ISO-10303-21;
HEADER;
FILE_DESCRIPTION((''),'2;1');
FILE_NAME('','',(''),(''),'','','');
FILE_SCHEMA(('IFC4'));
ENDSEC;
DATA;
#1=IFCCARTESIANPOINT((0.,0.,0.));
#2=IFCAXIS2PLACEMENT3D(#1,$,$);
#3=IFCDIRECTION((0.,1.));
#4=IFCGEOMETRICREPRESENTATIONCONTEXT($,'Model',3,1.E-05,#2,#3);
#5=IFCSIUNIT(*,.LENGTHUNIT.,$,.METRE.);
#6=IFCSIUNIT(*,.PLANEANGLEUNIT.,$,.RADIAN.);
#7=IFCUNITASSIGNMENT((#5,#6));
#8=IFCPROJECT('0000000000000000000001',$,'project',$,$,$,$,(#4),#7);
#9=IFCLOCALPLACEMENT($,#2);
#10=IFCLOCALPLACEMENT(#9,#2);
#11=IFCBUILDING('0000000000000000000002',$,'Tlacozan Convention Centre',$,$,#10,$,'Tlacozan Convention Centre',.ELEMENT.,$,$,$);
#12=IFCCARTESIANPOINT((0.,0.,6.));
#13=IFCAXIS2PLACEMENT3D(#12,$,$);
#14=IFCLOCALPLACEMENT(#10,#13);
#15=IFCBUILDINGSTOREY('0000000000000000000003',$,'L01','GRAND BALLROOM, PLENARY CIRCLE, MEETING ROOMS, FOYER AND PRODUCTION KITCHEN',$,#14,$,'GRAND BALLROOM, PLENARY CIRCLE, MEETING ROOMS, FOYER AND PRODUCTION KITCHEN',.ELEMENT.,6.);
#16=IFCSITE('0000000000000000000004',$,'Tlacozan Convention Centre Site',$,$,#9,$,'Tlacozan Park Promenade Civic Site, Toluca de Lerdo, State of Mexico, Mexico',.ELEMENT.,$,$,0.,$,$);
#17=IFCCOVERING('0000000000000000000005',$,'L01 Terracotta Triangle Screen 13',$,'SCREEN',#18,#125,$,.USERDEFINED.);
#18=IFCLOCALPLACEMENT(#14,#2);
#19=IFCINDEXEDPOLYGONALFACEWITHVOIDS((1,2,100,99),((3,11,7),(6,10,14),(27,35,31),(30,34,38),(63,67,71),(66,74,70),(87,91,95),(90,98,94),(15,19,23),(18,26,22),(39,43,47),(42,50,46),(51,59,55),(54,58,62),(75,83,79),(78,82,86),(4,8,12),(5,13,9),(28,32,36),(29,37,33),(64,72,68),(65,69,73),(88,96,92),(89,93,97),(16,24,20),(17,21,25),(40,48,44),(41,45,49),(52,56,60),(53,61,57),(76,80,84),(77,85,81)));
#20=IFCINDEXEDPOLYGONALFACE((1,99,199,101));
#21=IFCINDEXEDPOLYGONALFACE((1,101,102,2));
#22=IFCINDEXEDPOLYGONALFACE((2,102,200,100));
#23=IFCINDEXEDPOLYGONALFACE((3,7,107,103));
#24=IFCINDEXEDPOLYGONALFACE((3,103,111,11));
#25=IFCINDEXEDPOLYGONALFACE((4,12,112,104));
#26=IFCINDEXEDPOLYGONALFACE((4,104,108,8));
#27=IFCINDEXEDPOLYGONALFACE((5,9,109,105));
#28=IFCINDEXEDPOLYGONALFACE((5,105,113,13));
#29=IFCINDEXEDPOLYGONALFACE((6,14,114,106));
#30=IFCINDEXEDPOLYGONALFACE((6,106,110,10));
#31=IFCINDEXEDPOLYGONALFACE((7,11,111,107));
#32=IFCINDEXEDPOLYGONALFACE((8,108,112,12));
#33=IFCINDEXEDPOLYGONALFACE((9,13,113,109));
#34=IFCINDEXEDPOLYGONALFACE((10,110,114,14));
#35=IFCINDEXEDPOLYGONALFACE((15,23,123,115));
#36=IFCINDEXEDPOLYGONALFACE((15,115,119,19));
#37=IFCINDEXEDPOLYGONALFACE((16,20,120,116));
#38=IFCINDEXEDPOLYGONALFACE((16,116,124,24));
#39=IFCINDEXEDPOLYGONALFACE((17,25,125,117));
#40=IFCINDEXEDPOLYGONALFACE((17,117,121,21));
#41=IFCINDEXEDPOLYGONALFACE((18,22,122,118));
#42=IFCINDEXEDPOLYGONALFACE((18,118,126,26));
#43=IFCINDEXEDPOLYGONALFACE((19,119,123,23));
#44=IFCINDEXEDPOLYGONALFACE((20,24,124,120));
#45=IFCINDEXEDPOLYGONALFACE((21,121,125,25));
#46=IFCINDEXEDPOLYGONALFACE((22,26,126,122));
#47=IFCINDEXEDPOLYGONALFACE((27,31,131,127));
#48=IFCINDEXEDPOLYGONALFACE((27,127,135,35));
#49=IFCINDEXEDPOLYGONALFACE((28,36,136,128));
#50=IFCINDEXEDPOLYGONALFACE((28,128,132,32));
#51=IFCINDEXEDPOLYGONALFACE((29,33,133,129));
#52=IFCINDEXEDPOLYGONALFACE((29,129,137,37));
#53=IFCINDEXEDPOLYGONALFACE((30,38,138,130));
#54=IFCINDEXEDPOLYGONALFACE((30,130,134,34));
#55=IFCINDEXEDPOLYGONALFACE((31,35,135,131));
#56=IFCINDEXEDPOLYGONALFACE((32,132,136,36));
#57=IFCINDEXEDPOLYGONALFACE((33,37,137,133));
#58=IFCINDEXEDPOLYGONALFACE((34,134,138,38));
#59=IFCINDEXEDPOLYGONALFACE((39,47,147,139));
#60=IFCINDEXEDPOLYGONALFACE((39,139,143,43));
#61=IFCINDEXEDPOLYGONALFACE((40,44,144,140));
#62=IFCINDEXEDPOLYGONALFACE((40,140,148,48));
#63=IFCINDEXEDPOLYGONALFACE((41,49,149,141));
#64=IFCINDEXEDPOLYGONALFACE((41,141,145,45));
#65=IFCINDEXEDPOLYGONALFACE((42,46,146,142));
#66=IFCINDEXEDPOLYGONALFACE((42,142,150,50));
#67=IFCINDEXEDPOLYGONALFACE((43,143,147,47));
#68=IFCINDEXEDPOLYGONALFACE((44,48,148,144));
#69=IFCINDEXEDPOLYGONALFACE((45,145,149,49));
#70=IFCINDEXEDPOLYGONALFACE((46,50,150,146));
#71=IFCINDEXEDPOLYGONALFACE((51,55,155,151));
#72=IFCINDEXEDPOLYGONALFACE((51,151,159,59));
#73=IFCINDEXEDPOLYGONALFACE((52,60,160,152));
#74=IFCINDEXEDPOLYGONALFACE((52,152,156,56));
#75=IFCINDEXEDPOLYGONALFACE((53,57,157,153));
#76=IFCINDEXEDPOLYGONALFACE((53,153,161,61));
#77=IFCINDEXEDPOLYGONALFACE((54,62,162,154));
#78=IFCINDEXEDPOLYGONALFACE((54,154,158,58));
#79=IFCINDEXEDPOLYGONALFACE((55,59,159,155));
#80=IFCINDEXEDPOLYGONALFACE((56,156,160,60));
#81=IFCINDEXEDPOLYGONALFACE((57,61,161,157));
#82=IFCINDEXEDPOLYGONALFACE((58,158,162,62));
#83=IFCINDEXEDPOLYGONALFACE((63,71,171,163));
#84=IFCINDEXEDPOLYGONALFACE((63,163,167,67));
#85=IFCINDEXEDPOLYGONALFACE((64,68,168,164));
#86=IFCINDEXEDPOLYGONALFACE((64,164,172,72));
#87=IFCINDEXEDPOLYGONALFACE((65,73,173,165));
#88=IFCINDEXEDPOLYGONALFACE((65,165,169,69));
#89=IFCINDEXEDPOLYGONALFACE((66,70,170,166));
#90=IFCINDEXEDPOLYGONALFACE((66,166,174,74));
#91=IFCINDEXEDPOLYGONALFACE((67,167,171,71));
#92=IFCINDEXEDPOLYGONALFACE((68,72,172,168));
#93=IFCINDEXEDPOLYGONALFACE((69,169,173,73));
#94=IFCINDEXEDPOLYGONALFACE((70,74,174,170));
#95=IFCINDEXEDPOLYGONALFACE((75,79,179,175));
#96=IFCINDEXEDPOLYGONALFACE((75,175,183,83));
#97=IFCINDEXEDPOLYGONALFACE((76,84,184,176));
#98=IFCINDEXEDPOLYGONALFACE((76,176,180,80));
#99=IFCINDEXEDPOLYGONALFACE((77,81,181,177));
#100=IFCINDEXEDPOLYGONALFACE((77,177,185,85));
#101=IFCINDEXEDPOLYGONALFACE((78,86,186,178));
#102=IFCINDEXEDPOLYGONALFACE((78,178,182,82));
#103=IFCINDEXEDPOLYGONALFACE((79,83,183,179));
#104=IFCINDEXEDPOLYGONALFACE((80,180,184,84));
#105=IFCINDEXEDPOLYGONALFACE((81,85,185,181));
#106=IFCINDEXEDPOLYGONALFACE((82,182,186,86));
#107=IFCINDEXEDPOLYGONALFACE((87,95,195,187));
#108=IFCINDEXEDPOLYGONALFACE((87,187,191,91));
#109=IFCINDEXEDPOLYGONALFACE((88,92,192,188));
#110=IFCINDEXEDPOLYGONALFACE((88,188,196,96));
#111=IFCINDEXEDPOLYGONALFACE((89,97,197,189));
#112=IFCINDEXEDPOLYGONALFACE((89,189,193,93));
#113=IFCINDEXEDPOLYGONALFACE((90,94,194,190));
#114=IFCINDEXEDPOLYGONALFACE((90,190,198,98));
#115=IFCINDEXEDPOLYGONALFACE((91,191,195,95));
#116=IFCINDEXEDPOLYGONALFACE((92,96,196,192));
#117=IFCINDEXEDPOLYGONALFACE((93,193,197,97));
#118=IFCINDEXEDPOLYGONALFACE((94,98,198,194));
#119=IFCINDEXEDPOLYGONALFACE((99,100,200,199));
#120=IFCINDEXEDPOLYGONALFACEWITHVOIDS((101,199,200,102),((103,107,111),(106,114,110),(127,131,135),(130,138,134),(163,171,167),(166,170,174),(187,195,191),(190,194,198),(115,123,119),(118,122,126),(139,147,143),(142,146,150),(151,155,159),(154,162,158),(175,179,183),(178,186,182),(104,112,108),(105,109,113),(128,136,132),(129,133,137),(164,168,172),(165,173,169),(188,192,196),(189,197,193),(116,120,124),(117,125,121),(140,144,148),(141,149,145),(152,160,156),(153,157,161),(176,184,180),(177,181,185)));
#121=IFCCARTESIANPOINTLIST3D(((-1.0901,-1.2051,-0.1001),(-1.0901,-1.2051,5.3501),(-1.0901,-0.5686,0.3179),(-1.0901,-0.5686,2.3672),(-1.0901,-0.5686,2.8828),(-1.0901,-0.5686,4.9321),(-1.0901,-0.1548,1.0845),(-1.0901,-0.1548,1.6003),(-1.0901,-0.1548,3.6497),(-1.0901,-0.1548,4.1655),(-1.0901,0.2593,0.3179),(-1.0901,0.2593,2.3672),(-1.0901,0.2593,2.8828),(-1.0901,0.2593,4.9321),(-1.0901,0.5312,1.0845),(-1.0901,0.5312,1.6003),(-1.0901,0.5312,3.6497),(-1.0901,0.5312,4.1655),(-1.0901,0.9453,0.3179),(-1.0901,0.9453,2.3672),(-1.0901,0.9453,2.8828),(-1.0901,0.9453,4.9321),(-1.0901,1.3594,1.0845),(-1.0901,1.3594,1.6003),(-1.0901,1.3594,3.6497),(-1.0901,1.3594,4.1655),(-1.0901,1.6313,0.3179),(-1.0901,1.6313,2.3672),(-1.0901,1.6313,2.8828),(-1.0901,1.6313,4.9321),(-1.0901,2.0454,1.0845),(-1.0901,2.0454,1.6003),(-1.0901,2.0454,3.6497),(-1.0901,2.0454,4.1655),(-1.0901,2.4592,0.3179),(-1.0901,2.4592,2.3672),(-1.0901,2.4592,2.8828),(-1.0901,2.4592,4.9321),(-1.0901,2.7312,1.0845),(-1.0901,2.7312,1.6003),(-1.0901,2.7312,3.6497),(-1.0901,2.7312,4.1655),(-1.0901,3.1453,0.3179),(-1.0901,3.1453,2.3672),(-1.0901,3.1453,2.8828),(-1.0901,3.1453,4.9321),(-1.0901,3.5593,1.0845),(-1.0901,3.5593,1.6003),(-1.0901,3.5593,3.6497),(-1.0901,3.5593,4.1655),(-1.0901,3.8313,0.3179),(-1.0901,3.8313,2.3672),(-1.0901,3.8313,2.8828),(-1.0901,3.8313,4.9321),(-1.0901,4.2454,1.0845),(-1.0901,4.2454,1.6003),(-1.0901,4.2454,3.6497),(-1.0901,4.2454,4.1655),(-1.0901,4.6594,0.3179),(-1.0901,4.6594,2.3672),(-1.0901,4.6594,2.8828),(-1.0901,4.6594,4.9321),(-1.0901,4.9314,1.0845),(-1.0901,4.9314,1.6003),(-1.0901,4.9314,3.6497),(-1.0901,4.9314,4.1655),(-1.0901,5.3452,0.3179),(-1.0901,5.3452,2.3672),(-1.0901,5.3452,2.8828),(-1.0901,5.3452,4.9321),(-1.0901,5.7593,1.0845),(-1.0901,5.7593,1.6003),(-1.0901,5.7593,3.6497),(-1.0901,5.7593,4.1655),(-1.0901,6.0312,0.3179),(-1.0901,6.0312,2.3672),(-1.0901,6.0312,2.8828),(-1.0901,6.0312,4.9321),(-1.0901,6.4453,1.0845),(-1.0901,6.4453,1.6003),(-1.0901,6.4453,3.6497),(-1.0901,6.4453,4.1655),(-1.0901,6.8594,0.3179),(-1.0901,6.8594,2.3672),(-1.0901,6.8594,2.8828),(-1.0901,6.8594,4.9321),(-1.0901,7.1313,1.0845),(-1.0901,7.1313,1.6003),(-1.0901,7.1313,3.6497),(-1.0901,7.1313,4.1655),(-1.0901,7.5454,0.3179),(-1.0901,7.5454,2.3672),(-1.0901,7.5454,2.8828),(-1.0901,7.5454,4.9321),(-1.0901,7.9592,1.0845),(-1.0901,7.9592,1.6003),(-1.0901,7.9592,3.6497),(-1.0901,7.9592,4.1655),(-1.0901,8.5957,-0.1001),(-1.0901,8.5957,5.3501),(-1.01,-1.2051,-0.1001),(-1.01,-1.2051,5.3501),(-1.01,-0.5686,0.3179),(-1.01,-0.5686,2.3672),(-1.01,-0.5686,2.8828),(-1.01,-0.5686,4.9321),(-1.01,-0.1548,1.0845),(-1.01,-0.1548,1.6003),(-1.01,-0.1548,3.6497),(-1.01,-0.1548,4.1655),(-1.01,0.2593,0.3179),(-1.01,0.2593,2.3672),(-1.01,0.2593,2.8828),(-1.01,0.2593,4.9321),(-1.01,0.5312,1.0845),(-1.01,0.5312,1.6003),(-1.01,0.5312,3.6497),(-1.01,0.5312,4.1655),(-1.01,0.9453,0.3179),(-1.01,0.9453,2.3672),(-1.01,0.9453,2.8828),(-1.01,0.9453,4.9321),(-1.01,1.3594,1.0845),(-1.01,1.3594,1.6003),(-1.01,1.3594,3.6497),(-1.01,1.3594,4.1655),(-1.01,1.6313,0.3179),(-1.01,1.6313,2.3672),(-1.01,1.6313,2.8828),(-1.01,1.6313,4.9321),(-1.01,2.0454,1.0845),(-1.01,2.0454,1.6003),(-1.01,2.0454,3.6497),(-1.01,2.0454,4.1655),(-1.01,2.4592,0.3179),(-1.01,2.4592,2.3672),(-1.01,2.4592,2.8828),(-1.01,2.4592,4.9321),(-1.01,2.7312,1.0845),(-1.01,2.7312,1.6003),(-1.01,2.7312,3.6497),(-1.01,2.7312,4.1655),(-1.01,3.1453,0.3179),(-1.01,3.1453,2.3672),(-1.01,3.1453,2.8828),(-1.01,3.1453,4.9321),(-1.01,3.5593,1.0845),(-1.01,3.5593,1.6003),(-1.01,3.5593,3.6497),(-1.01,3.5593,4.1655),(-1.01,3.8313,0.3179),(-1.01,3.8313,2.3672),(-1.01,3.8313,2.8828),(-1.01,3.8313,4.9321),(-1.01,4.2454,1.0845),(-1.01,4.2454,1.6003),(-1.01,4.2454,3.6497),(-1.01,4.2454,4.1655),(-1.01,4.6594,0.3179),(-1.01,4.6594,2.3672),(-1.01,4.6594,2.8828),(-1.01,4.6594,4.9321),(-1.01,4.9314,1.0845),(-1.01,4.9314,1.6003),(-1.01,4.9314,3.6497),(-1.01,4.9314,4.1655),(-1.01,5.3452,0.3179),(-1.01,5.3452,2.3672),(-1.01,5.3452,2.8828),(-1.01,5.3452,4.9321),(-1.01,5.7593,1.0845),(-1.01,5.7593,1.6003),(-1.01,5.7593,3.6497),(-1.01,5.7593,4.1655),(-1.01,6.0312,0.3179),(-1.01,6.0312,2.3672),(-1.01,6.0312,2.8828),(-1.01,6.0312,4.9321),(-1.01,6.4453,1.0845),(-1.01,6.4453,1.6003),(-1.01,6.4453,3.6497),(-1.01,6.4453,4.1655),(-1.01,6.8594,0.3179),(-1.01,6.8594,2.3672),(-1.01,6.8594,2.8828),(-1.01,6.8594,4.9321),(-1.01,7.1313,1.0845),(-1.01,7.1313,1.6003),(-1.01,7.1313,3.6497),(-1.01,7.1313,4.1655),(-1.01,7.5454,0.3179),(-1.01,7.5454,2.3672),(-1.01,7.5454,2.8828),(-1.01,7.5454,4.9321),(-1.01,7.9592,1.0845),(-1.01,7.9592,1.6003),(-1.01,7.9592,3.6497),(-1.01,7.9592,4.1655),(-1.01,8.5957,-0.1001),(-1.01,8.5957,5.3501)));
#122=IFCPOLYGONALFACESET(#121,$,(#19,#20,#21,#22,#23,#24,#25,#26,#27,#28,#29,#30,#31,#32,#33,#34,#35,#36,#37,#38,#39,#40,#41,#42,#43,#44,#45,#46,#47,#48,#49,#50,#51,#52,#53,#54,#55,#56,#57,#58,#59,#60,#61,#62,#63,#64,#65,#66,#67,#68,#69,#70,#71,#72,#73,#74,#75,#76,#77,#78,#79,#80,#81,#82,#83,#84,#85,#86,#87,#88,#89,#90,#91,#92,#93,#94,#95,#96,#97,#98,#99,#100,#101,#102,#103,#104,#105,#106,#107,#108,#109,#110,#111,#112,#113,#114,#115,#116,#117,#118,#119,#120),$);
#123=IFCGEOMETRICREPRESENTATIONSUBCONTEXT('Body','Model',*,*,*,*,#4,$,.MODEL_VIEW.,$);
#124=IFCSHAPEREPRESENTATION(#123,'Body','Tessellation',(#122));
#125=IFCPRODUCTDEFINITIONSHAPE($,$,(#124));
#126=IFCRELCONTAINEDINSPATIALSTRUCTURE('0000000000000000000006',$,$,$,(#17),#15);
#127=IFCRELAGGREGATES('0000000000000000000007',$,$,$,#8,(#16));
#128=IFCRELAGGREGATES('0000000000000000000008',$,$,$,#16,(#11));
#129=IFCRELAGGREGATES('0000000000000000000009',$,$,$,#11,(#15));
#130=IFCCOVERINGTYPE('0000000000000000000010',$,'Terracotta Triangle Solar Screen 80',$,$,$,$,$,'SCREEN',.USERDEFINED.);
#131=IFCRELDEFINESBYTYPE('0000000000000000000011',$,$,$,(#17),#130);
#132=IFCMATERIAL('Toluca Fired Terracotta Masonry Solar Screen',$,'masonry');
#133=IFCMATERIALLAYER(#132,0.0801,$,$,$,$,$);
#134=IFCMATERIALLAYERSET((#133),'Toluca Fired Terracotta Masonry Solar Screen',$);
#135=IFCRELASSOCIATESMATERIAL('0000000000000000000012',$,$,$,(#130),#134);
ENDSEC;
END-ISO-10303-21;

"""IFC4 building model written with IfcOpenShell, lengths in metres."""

from ifc_helpers import new_model, si_unit, direction, frame, origin, place, context, subcontext, project, spatial, polyline, outline, extrude, material, layer, layer_set, type_object, element, save


model = new_model("IFC4")

# Units and contexts
model_context = context("Model", 3, precision=1e-05, world=origin(), true_north=direction((0.0, 1.0)))
body_context = subcontext(model_context, "Body", "Model", "MODEL_VIEW")
ifc_project = project(units=[si_unit("LENGTHUNIT", "METRE"), si_unit("PLANEANGLEUNIT", "RADIAN")], contexts=[model_context])

# Site, building, storey
site_placement = place(None, origin())
site = spatial("IfcSite", under=ifc_project, at=site_placement, Name="Tlacozan Convention Centre Site", LongName="Tlacozan Park Promenade Civic Site, Toluca de Lerdo, State of Mexico, Mexico", CompositionType="ELEMENT", RefElevation=0.0)
building_placement = place(site_placement, origin())
building = spatial("IfcBuilding", under=site, at=building_placement, Name="Tlacozan Convention Centre", LongName="Tlacozan Convention Centre", CompositionType="ELEMENT")
storey_placement = place(building_placement, frame((0.0, 0.0, 6.0)))
storey = spatial("IfcBuildingStorey", under=building, at=storey_placement, Name="L01", Description="GRAND BALLROOM, PLENARY CIRCLE, MEETING ROOMS, FOYER AND PRODUCTION KITCHEN", LongName="GRAND BALLROOM, PLENARY CIRCLE, MEETING ROOMS, FOYER AND PRODUCTION KITCHEN", CompositionType="ELEMENT", Elevation=6.0)

# Covering
ifc_material_1 = material(Name="Toluca Fired Terracotta Masonry Solar Screen", Category="masonry")
ifc_layer_1 = layer(ifc_material_1, 0.0801)
ifc_layer_set_1 = layer_set([ifc_layer_1], Name="Toluca Fired Terracotta Masonry Solar Screen")
covering_type_1 = type_object("IfcCoveringType", Name="Terracotta Triangle Solar Screen 80", ElementType="SCREEN", PredefinedType="USERDEFINED", material=ifc_layer_set_1)
covering_1_placement = place(storey_placement, frame((-1.05, -1.2051, -0.1001), z_axis=(0.0, 0.0, 1.0), x_axis=(0.0, 1.0, 0.0)))
element("IfcCovering", 1, at=covering_1_placement, inside=storey, type_object=covering_type_1, Name="L01 Terracotta Triangle Screen 13", ObjectType="SCREEN", PredefinedType="USERDEFINED", context=body_context, shape_type="SweptSolid", body=[
    extrude(outline(polyline([(0.0, 0.0), (9.8008, 0.0), (9.8008, 5.4502), (0.0, 5.4502), (0.0, 0.0)]), holes=[polyline([(0.6365, 0.418), (1.4644, 0.418), (1.0503, 1.1846), (0.6365, 0.418)]), polyline([(1.7363, 1.1846), (2.5645, 1.1846), (2.1504, 0.418), (1.7363, 1.1846)]), polyline([(2.8364, 0.418), (3.6643, 0.418), (3.2505, 1.1846), (2.8364, 0.418)]), polyline([(3.9363, 1.1846), (4.7644, 1.1846), (4.3503, 0.418), (3.9363, 1.1846)]), polyline([(5.0364, 0.418), (5.8645, 0.418), (5.4504, 1.1846), (5.0364, 0.418)]), polyline([(6.1365, 1.1846), (6.9644, 1.1846), (6.5503, 0.418), (6.1365, 1.1846)]), polyline([(7.2363, 0.418), (8.0645, 0.418), (7.6504, 1.1846), (7.2363, 0.418)]), polyline([(8.3364, 1.1846), (9.1643, 1.1846), (8.7505, 0.418), (8.3364, 1.1846)]), polyline([(0.6365, 2.4673), (1.4644, 2.4673), (1.0503, 1.7004), (0.6365, 2.4673)]), polyline([(1.7363, 1.7004), (2.5645, 1.7004), (2.1504, 2.4673), (1.7363, 1.7004)]), polyline([(2.8364, 2.4673), (3.6643, 2.4673), (3.2505, 1.7004), (2.8364, 2.4673)]), polyline([(3.9363, 1.7004), (4.7644, 1.7004), (4.3503, 2.4673), (3.9363, 1.7004)]), polyline([(5.0364, 2.4673), (5.8645, 2.4673), (5.4504, 1.7004), (5.0364, 2.4673)]), polyline([(6.1365, 1.7004), (6.9644, 1.7004), (6.5503, 2.4673), (6.1365, 1.7004)]), polyline([(7.2363, 2.4673), (8.0645, 2.4673), (7.6504, 1.7004), (7.2363, 2.4673)]), polyline([(8.3364, 1.7004), (9.1643, 1.7004), (8.7505, 2.4673), (8.3364, 1.7004)]), polyline([(0.6365, 2.9829), (1.4644, 2.9829), (1.0503, 3.7498), (0.6365, 2.9829)]), polyline([(1.7363, 3.7498), (2.5645, 3.7498), (2.1504, 2.9829), (1.7363, 3.7498)]), polyline([(2.8364, 2.9829), (3.6643, 2.9829), (3.2505, 3.7498), (2.8364, 2.9829)]), polyline([(3.9363, 3.7498), (4.7644, 3.7498), (4.3503, 2.9829), (3.9363, 3.7498)]), polyline([(5.0364, 2.9829), (5.8645, 2.9829), (5.4504, 3.7498), (5.0364, 2.9829)]), polyline([(6.1365, 3.7498), (6.9644, 3.7498), (6.5503, 2.9829), (6.1365, 3.7498)]), polyline([(7.2363, 2.9829), (8.0645, 2.9829), (7.6504, 3.7498), (7.2363, 2.9829)]), polyline([(8.3364, 3.7498), (9.1643, 3.7498), (8.7505, 2.9829), (8.3364, 3.7498)]), polyline([(0.6365, 5.0322), (1.4644, 5.0322), (1.0503, 4.2656), (0.6365, 5.0322)]), polyline([(1.7363, 4.2656), (2.5645, 4.2656), (2.1504, 5.0322), (1.7363, 4.2656)]), polyline([(2.8364, 5.0322), (3.6643, 5.0322), (3.2505, 4.2656), (2.8364, 5.0322)]), polyline([(3.9363, 4.2656), (4.7644, 4.2656), (4.3503, 5.0322), (3.9363, 4.2656)]), polyline([(5.0364, 5.0322), (5.8645, 5.0322), (5.4504, 4.2656), (5.0364, 5.0322)]), polyline([(6.1365, 4.2656), (6.9644, 4.2656), (6.5503, 5.0322), (6.1365, 4.2656)]), polyline([(7.2363, 5.0322), (8.0645, 5.0322), (7.6504, 4.2656), (7.2363, 5.0322)]), polyline([(8.3364, 4.2656), (9.1643, 4.2656), (8.7505, 5.0322), (8.3364, 4.2656)])]), frame((0.0, 0.04, 0.0), z_axis=(0.0, -1.0, 0.0), x_axis=(1.0, 0.0, 0.0)), (0.0, 0.0, 1.0), 0.0801),
])

save(model, "model.ifc")
